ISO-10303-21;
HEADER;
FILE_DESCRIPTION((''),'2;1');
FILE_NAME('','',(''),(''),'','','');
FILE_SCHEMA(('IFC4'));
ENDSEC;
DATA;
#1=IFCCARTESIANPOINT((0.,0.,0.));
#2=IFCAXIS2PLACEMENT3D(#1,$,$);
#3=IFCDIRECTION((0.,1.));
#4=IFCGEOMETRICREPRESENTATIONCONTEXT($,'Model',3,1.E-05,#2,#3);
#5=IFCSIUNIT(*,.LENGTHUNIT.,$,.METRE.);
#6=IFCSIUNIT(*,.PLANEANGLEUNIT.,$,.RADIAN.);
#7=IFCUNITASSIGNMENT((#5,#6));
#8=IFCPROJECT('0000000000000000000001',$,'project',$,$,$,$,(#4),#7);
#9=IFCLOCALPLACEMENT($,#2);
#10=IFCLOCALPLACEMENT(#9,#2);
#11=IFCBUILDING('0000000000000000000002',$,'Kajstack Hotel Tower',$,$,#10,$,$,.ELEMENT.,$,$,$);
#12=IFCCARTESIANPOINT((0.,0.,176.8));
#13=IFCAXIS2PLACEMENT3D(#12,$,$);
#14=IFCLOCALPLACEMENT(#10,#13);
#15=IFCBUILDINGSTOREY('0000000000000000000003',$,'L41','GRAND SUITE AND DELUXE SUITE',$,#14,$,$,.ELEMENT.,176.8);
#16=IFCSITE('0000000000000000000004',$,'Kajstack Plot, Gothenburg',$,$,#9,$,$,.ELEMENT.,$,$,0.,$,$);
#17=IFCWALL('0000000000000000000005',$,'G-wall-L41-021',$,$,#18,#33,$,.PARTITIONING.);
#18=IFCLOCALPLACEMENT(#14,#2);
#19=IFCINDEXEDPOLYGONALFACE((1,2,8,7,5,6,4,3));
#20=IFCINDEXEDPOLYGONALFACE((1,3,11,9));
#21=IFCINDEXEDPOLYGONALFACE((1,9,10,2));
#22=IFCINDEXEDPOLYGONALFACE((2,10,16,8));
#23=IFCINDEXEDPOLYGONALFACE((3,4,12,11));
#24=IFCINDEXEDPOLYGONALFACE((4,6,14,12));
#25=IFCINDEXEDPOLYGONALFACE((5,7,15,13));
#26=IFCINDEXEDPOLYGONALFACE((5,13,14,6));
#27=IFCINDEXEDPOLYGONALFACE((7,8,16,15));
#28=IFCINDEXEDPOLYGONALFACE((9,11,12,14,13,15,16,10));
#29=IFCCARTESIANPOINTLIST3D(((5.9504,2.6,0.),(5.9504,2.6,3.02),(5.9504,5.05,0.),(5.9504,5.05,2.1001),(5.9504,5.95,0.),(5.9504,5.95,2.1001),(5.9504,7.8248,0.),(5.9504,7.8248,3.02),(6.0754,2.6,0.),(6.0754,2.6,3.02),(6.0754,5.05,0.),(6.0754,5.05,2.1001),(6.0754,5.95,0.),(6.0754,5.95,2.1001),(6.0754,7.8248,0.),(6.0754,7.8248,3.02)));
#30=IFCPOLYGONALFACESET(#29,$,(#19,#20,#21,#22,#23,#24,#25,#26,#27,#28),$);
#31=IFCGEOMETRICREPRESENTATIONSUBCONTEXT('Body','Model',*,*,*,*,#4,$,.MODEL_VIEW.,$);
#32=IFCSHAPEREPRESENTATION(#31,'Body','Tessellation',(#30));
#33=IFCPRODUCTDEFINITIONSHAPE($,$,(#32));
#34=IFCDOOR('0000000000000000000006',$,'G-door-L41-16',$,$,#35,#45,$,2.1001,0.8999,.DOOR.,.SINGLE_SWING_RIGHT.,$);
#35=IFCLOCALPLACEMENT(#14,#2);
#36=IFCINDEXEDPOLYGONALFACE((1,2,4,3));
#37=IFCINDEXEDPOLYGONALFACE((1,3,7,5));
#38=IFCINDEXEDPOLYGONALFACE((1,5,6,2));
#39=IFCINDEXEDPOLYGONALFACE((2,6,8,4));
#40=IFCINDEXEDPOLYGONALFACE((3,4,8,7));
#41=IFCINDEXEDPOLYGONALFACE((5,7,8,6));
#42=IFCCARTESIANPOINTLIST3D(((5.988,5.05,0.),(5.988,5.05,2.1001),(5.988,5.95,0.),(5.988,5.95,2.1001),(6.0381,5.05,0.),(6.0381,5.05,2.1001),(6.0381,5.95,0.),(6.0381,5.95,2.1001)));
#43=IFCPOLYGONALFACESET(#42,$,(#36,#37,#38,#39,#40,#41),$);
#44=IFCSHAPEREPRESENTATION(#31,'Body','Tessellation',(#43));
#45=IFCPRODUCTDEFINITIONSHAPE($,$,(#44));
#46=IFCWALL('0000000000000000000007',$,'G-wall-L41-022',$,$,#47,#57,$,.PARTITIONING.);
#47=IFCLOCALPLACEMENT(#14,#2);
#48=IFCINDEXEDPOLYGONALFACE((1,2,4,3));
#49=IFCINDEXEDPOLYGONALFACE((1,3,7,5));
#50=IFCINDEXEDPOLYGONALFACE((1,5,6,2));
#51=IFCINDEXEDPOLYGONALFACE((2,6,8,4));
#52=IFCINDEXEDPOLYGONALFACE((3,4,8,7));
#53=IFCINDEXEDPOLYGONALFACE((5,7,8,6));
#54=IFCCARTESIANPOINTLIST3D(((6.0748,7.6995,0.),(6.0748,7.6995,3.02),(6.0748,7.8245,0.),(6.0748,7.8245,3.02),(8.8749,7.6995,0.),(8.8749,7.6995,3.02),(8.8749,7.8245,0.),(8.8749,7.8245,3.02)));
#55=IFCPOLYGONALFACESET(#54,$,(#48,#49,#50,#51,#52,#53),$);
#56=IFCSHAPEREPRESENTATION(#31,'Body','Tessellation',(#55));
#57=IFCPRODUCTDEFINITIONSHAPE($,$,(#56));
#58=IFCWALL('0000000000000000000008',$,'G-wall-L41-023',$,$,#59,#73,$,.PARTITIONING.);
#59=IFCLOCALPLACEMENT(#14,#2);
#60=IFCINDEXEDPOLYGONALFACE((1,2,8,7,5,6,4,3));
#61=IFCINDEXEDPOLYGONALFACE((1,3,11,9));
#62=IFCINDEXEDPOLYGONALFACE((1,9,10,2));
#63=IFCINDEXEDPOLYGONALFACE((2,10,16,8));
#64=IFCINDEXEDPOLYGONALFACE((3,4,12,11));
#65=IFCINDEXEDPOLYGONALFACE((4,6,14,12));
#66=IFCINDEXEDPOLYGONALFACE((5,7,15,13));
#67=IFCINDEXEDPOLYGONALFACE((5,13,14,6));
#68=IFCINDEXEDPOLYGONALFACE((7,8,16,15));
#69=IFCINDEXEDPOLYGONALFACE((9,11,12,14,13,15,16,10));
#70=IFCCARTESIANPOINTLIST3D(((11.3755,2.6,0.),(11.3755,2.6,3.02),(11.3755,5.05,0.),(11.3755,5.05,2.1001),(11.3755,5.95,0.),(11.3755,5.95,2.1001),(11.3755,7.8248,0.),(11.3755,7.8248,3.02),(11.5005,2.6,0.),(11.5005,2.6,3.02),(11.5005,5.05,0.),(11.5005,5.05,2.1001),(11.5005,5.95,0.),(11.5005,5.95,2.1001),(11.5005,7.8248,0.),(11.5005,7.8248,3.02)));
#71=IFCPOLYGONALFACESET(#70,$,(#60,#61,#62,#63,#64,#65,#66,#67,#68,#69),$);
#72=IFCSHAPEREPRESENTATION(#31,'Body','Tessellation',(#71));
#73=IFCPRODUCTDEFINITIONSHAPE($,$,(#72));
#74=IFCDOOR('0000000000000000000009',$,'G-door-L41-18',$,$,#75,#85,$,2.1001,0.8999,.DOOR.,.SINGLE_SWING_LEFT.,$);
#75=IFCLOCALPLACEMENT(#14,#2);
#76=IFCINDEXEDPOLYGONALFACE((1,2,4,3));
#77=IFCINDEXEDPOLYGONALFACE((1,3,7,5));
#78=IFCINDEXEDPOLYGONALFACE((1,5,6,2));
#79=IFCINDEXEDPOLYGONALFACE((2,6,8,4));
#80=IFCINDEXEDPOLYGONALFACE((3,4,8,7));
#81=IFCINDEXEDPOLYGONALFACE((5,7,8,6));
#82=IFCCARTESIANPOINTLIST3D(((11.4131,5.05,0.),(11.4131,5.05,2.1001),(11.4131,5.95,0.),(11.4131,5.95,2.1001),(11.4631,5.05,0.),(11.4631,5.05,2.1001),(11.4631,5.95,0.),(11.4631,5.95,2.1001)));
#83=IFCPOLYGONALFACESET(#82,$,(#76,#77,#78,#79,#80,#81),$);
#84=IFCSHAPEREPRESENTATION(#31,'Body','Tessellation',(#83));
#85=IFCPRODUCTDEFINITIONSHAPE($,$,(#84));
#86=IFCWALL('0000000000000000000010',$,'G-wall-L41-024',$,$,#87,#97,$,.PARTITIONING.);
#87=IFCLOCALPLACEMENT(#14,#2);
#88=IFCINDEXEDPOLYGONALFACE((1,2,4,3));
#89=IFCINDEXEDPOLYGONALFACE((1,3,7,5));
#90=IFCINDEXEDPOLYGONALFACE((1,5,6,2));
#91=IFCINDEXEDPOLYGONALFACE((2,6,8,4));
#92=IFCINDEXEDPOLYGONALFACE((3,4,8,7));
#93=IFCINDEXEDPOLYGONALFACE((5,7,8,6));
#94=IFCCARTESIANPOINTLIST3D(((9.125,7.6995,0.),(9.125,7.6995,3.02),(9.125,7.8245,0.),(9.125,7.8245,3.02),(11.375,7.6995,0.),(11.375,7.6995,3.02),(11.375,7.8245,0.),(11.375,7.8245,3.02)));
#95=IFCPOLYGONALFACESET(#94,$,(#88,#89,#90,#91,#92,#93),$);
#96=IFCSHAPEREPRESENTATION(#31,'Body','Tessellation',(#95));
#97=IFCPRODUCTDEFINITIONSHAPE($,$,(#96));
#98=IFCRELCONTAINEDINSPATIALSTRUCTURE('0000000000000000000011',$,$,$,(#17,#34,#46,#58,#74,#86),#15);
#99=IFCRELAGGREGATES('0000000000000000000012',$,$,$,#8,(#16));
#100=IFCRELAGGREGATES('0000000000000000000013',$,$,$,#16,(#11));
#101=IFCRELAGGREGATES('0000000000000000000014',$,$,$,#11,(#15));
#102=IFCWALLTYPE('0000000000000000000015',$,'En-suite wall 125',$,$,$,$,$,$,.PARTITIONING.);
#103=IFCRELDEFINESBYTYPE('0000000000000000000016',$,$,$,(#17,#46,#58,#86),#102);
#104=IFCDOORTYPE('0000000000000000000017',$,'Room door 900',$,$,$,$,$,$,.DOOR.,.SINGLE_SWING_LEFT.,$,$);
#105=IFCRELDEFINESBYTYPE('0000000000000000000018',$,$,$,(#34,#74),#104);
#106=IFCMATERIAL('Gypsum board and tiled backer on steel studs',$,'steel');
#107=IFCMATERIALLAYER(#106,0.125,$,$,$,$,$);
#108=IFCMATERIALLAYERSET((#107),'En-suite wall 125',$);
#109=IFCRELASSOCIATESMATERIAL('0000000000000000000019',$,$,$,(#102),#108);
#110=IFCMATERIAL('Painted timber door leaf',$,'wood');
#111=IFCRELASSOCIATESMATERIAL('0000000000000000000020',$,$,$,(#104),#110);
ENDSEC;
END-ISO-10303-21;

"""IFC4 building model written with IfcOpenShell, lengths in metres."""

from ifc_helpers import new_model, si_unit, direction, frame, frame_2d, origin, place, context, subcontext, project, spatial, rectangle, extrude, material, layer, layer_set, type_object, element, fill, save


model = new_model("IFC4")

# Units and contexts
model_context = context("Model", 3, precision=1e-05, world=origin(), true_north=direction((0.0, 1.0)))
body_context = subcontext(model_context, "Body", "Model", "MODEL_VIEW")
ifc_project = project(units=[si_unit("LENGTHUNIT", "METRE"), si_unit("PLANEANGLEUNIT", "RADIAN")], contexts=[model_context])

# Site, building, storey
site_placement = place(None, origin())
site = spatial("IfcSite", under=ifc_project, at=site_placement, Name="Kajstack Plot, Gothenburg", CompositionType="ELEMENT", RefElevation=0.0)
building_placement = place(site_placement, origin())
building = spatial("IfcBuilding", under=site, at=building_placement, Name="Kajstack Hotel Tower", CompositionType="ELEMENT")
storey_placement = place(building_placement, frame((0.0, 0.0, 176.8)))
storey = spatial("IfcBuildingStorey", under=building, at=storey_placement, Name="L41", Description="GRAND SUITE AND DELUXE SUITE", CompositionType="ELEMENT", Elevation=176.8)

# Wall, opening, door
ifc_material_1 = material(Name="Gypsum board and tiled backer on steel studs", Category="steel")
ifc_layer_1 = layer(ifc_material_1, 0.125)
ifc_layer_set_1 = layer_set([ifc_layer_1], Name="En-suite wall 125")
wall_type_1 = type_object("IfcWallType", Name="En-suite wall 125", PredefinedType="PARTITIONING", material=ifc_layer_set_1)
wall_1_placement = place(storey_placement, frame((6.0129, 2.6001, 0.0), z_axis=(0.0, 0.0, 1.0), x_axis=(0.0, 1.0, 0.0)))
wall_1 = element("IfcWall", 1, at=wall_1_placement, inside=storey, type_object=wall_type_1, Name="G-wall-L41-021", PredefinedType="PARTITIONING", context=body_context, shape_type="SweptSolid", body=[
    extrude(rectangle(XDim=5.2249, YDim=0.125, at=frame_2d((2.6123, 0.0))), origin(), (0.0, 0.0, 1.0), 3.02),
])
opening_1_placement = place(wall_1_placement, frame((2.45, 0.0, 0.0)))
opening_1 = element("IfcOpeningElement", 2, at=opening_1_placement, cuts=wall_1, PredefinedType="OPENING", context=body_context, shape_type="SweptSolid", body=[
    extrude(rectangle(XDim=0.8999, YDim=2.1001, at=frame_2d((0.45, 1.05))), frame((0.0, 0.0725, 0.0), z_axis=(0.0, -1.0, 0.0), x_axis=(1.0, 0.0, 0.0)), (0.0, 0.0, 1.0), 0.145),
])
ifc_material_2 = material(Name="Painted timber door leaf", Category="wood")
door_type_1 = type_object("IfcDoorType", Name="Room door 900", OperationType="SINGLE_SWING_LEFT", PredefinedType="DOOR", material=ifc_material_2)
door_1_placement = place(opening_1_placement, origin())
door_1 = element("IfcDoor", 3, at=door_1_placement, inside=storey, type_object=door_type_1, Name="G-door-L41-16", OperationType="SINGLE_SWING_RIGHT", OverallHeight=2.1001, OverallWidth=0.8999, PredefinedType="DOOR", context=body_context, shape_type="SweptSolid", body=[
    extrude(rectangle(XDim=0.8999, YDim=2.1001, at=frame_2d((0.45, 1.05))), frame((0.0, 0.0249, 0.0), z_axis=(0.0, -1.0, 0.0), x_axis=(1.0, 0.0, 0.0)), (0.0, 0.0, 1.0), 0.05),
])
fill(opening_1, door_1)

# Wall
wall_2_placement = place(storey_placement, frame((6.075, 7.762, 0.0), z_axis=(0.0, 0.0, 1.0), x_axis=(1.0, 0.0, 0.0)))
element("IfcWall", 4, at=wall_2_placement, inside=storey, type_object=wall_type_1, Name="G-wall-L41-022", PredefinedType="PARTITIONING", context=body_context, shape_type="SweptSolid", body=[
    extrude(rectangle(XDim=2.8, YDim=0.125, at=frame_2d((1.3999, 0.0))), origin(), (0.0, 0.0, 1.0), 3.02),
])

# Wall, opening, door
wall_3_placement = place(storey_placement, frame((11.438, 2.6001, 0.0), z_axis=(0.0, 0.0, 1.0), x_axis=(0.0, 1.0, 0.0)))
wall_3 = element("IfcWall", 5, at=wall_3_placement, inside=storey, type_object=wall_type_1, Name="G-wall-L41-023", PredefinedType="PARTITIONING", context=body_context, shape_type="SweptSolid", body=[
    extrude(rectangle(XDim=5.2249, YDim=0.125, at=frame_2d((2.6123, 0.0))), origin(), (0.0, 0.0, 1.0), 3.02),
])
opening_2_placement = place(wall_3_placement, frame((2.45, 0.0, 0.0)))
opening_2 = element("IfcOpeningElement", 6, at=opening_2_placement, cuts=wall_3, PredefinedType="OPENING", context=body_context, shape_type="SweptSolid", body=[
    extrude(rectangle(XDim=0.8999, YDim=2.1001, at=frame_2d((0.45, 1.05))), frame((0.0, 0.0725, 0.0), z_axis=(0.0, -1.0, 0.0), x_axis=(1.0, 0.0, 0.0)), (0.0, 0.0, 1.0), 0.145),
])
door_2_placement = place(opening_2_placement, origin())
door_2 = element("IfcDoor", 7, at=door_2_placement, inside=storey, type_object=door_type_1, Name="G-door-L41-18", OperationType="SINGLE_SWING_LEFT", OverallHeight=2.1001, OverallWidth=0.8999, PredefinedType="DOOR", context=body_context, shape_type="SweptSolid", body=[
    extrude(rectangle(XDim=0.8999, YDim=2.1001, at=frame_2d((0.45, 1.05))), frame((0.0, 0.0249, 0.0), z_axis=(0.0, -1.0, 0.0), x_axis=(1.0, 0.0, 0.0)), (0.0, 0.0, 1.0), 0.05),
])
fill(opening_2, door_2)

# Wall
wall_4_placement = place(storey_placement, frame((9.125, 7.762, 0.0), z_axis=(0.0, 0.0, 1.0), x_axis=(1.0, 0.0, 0.0)))
element("IfcWall", 8, at=wall_4_placement, inside=storey, type_object=wall_type_1, Name="G-wall-L41-024", PredefinedType="PARTITIONING", context=body_context, shape_type="SweptSolid", body=[
    extrude(rectangle(XDim=2.25, YDim=0.125, at=frame_2d((1.125, 0.0))), origin(), (0.0, 0.0, 1.0), 3.02),
])

save(model, "model.ifc")
